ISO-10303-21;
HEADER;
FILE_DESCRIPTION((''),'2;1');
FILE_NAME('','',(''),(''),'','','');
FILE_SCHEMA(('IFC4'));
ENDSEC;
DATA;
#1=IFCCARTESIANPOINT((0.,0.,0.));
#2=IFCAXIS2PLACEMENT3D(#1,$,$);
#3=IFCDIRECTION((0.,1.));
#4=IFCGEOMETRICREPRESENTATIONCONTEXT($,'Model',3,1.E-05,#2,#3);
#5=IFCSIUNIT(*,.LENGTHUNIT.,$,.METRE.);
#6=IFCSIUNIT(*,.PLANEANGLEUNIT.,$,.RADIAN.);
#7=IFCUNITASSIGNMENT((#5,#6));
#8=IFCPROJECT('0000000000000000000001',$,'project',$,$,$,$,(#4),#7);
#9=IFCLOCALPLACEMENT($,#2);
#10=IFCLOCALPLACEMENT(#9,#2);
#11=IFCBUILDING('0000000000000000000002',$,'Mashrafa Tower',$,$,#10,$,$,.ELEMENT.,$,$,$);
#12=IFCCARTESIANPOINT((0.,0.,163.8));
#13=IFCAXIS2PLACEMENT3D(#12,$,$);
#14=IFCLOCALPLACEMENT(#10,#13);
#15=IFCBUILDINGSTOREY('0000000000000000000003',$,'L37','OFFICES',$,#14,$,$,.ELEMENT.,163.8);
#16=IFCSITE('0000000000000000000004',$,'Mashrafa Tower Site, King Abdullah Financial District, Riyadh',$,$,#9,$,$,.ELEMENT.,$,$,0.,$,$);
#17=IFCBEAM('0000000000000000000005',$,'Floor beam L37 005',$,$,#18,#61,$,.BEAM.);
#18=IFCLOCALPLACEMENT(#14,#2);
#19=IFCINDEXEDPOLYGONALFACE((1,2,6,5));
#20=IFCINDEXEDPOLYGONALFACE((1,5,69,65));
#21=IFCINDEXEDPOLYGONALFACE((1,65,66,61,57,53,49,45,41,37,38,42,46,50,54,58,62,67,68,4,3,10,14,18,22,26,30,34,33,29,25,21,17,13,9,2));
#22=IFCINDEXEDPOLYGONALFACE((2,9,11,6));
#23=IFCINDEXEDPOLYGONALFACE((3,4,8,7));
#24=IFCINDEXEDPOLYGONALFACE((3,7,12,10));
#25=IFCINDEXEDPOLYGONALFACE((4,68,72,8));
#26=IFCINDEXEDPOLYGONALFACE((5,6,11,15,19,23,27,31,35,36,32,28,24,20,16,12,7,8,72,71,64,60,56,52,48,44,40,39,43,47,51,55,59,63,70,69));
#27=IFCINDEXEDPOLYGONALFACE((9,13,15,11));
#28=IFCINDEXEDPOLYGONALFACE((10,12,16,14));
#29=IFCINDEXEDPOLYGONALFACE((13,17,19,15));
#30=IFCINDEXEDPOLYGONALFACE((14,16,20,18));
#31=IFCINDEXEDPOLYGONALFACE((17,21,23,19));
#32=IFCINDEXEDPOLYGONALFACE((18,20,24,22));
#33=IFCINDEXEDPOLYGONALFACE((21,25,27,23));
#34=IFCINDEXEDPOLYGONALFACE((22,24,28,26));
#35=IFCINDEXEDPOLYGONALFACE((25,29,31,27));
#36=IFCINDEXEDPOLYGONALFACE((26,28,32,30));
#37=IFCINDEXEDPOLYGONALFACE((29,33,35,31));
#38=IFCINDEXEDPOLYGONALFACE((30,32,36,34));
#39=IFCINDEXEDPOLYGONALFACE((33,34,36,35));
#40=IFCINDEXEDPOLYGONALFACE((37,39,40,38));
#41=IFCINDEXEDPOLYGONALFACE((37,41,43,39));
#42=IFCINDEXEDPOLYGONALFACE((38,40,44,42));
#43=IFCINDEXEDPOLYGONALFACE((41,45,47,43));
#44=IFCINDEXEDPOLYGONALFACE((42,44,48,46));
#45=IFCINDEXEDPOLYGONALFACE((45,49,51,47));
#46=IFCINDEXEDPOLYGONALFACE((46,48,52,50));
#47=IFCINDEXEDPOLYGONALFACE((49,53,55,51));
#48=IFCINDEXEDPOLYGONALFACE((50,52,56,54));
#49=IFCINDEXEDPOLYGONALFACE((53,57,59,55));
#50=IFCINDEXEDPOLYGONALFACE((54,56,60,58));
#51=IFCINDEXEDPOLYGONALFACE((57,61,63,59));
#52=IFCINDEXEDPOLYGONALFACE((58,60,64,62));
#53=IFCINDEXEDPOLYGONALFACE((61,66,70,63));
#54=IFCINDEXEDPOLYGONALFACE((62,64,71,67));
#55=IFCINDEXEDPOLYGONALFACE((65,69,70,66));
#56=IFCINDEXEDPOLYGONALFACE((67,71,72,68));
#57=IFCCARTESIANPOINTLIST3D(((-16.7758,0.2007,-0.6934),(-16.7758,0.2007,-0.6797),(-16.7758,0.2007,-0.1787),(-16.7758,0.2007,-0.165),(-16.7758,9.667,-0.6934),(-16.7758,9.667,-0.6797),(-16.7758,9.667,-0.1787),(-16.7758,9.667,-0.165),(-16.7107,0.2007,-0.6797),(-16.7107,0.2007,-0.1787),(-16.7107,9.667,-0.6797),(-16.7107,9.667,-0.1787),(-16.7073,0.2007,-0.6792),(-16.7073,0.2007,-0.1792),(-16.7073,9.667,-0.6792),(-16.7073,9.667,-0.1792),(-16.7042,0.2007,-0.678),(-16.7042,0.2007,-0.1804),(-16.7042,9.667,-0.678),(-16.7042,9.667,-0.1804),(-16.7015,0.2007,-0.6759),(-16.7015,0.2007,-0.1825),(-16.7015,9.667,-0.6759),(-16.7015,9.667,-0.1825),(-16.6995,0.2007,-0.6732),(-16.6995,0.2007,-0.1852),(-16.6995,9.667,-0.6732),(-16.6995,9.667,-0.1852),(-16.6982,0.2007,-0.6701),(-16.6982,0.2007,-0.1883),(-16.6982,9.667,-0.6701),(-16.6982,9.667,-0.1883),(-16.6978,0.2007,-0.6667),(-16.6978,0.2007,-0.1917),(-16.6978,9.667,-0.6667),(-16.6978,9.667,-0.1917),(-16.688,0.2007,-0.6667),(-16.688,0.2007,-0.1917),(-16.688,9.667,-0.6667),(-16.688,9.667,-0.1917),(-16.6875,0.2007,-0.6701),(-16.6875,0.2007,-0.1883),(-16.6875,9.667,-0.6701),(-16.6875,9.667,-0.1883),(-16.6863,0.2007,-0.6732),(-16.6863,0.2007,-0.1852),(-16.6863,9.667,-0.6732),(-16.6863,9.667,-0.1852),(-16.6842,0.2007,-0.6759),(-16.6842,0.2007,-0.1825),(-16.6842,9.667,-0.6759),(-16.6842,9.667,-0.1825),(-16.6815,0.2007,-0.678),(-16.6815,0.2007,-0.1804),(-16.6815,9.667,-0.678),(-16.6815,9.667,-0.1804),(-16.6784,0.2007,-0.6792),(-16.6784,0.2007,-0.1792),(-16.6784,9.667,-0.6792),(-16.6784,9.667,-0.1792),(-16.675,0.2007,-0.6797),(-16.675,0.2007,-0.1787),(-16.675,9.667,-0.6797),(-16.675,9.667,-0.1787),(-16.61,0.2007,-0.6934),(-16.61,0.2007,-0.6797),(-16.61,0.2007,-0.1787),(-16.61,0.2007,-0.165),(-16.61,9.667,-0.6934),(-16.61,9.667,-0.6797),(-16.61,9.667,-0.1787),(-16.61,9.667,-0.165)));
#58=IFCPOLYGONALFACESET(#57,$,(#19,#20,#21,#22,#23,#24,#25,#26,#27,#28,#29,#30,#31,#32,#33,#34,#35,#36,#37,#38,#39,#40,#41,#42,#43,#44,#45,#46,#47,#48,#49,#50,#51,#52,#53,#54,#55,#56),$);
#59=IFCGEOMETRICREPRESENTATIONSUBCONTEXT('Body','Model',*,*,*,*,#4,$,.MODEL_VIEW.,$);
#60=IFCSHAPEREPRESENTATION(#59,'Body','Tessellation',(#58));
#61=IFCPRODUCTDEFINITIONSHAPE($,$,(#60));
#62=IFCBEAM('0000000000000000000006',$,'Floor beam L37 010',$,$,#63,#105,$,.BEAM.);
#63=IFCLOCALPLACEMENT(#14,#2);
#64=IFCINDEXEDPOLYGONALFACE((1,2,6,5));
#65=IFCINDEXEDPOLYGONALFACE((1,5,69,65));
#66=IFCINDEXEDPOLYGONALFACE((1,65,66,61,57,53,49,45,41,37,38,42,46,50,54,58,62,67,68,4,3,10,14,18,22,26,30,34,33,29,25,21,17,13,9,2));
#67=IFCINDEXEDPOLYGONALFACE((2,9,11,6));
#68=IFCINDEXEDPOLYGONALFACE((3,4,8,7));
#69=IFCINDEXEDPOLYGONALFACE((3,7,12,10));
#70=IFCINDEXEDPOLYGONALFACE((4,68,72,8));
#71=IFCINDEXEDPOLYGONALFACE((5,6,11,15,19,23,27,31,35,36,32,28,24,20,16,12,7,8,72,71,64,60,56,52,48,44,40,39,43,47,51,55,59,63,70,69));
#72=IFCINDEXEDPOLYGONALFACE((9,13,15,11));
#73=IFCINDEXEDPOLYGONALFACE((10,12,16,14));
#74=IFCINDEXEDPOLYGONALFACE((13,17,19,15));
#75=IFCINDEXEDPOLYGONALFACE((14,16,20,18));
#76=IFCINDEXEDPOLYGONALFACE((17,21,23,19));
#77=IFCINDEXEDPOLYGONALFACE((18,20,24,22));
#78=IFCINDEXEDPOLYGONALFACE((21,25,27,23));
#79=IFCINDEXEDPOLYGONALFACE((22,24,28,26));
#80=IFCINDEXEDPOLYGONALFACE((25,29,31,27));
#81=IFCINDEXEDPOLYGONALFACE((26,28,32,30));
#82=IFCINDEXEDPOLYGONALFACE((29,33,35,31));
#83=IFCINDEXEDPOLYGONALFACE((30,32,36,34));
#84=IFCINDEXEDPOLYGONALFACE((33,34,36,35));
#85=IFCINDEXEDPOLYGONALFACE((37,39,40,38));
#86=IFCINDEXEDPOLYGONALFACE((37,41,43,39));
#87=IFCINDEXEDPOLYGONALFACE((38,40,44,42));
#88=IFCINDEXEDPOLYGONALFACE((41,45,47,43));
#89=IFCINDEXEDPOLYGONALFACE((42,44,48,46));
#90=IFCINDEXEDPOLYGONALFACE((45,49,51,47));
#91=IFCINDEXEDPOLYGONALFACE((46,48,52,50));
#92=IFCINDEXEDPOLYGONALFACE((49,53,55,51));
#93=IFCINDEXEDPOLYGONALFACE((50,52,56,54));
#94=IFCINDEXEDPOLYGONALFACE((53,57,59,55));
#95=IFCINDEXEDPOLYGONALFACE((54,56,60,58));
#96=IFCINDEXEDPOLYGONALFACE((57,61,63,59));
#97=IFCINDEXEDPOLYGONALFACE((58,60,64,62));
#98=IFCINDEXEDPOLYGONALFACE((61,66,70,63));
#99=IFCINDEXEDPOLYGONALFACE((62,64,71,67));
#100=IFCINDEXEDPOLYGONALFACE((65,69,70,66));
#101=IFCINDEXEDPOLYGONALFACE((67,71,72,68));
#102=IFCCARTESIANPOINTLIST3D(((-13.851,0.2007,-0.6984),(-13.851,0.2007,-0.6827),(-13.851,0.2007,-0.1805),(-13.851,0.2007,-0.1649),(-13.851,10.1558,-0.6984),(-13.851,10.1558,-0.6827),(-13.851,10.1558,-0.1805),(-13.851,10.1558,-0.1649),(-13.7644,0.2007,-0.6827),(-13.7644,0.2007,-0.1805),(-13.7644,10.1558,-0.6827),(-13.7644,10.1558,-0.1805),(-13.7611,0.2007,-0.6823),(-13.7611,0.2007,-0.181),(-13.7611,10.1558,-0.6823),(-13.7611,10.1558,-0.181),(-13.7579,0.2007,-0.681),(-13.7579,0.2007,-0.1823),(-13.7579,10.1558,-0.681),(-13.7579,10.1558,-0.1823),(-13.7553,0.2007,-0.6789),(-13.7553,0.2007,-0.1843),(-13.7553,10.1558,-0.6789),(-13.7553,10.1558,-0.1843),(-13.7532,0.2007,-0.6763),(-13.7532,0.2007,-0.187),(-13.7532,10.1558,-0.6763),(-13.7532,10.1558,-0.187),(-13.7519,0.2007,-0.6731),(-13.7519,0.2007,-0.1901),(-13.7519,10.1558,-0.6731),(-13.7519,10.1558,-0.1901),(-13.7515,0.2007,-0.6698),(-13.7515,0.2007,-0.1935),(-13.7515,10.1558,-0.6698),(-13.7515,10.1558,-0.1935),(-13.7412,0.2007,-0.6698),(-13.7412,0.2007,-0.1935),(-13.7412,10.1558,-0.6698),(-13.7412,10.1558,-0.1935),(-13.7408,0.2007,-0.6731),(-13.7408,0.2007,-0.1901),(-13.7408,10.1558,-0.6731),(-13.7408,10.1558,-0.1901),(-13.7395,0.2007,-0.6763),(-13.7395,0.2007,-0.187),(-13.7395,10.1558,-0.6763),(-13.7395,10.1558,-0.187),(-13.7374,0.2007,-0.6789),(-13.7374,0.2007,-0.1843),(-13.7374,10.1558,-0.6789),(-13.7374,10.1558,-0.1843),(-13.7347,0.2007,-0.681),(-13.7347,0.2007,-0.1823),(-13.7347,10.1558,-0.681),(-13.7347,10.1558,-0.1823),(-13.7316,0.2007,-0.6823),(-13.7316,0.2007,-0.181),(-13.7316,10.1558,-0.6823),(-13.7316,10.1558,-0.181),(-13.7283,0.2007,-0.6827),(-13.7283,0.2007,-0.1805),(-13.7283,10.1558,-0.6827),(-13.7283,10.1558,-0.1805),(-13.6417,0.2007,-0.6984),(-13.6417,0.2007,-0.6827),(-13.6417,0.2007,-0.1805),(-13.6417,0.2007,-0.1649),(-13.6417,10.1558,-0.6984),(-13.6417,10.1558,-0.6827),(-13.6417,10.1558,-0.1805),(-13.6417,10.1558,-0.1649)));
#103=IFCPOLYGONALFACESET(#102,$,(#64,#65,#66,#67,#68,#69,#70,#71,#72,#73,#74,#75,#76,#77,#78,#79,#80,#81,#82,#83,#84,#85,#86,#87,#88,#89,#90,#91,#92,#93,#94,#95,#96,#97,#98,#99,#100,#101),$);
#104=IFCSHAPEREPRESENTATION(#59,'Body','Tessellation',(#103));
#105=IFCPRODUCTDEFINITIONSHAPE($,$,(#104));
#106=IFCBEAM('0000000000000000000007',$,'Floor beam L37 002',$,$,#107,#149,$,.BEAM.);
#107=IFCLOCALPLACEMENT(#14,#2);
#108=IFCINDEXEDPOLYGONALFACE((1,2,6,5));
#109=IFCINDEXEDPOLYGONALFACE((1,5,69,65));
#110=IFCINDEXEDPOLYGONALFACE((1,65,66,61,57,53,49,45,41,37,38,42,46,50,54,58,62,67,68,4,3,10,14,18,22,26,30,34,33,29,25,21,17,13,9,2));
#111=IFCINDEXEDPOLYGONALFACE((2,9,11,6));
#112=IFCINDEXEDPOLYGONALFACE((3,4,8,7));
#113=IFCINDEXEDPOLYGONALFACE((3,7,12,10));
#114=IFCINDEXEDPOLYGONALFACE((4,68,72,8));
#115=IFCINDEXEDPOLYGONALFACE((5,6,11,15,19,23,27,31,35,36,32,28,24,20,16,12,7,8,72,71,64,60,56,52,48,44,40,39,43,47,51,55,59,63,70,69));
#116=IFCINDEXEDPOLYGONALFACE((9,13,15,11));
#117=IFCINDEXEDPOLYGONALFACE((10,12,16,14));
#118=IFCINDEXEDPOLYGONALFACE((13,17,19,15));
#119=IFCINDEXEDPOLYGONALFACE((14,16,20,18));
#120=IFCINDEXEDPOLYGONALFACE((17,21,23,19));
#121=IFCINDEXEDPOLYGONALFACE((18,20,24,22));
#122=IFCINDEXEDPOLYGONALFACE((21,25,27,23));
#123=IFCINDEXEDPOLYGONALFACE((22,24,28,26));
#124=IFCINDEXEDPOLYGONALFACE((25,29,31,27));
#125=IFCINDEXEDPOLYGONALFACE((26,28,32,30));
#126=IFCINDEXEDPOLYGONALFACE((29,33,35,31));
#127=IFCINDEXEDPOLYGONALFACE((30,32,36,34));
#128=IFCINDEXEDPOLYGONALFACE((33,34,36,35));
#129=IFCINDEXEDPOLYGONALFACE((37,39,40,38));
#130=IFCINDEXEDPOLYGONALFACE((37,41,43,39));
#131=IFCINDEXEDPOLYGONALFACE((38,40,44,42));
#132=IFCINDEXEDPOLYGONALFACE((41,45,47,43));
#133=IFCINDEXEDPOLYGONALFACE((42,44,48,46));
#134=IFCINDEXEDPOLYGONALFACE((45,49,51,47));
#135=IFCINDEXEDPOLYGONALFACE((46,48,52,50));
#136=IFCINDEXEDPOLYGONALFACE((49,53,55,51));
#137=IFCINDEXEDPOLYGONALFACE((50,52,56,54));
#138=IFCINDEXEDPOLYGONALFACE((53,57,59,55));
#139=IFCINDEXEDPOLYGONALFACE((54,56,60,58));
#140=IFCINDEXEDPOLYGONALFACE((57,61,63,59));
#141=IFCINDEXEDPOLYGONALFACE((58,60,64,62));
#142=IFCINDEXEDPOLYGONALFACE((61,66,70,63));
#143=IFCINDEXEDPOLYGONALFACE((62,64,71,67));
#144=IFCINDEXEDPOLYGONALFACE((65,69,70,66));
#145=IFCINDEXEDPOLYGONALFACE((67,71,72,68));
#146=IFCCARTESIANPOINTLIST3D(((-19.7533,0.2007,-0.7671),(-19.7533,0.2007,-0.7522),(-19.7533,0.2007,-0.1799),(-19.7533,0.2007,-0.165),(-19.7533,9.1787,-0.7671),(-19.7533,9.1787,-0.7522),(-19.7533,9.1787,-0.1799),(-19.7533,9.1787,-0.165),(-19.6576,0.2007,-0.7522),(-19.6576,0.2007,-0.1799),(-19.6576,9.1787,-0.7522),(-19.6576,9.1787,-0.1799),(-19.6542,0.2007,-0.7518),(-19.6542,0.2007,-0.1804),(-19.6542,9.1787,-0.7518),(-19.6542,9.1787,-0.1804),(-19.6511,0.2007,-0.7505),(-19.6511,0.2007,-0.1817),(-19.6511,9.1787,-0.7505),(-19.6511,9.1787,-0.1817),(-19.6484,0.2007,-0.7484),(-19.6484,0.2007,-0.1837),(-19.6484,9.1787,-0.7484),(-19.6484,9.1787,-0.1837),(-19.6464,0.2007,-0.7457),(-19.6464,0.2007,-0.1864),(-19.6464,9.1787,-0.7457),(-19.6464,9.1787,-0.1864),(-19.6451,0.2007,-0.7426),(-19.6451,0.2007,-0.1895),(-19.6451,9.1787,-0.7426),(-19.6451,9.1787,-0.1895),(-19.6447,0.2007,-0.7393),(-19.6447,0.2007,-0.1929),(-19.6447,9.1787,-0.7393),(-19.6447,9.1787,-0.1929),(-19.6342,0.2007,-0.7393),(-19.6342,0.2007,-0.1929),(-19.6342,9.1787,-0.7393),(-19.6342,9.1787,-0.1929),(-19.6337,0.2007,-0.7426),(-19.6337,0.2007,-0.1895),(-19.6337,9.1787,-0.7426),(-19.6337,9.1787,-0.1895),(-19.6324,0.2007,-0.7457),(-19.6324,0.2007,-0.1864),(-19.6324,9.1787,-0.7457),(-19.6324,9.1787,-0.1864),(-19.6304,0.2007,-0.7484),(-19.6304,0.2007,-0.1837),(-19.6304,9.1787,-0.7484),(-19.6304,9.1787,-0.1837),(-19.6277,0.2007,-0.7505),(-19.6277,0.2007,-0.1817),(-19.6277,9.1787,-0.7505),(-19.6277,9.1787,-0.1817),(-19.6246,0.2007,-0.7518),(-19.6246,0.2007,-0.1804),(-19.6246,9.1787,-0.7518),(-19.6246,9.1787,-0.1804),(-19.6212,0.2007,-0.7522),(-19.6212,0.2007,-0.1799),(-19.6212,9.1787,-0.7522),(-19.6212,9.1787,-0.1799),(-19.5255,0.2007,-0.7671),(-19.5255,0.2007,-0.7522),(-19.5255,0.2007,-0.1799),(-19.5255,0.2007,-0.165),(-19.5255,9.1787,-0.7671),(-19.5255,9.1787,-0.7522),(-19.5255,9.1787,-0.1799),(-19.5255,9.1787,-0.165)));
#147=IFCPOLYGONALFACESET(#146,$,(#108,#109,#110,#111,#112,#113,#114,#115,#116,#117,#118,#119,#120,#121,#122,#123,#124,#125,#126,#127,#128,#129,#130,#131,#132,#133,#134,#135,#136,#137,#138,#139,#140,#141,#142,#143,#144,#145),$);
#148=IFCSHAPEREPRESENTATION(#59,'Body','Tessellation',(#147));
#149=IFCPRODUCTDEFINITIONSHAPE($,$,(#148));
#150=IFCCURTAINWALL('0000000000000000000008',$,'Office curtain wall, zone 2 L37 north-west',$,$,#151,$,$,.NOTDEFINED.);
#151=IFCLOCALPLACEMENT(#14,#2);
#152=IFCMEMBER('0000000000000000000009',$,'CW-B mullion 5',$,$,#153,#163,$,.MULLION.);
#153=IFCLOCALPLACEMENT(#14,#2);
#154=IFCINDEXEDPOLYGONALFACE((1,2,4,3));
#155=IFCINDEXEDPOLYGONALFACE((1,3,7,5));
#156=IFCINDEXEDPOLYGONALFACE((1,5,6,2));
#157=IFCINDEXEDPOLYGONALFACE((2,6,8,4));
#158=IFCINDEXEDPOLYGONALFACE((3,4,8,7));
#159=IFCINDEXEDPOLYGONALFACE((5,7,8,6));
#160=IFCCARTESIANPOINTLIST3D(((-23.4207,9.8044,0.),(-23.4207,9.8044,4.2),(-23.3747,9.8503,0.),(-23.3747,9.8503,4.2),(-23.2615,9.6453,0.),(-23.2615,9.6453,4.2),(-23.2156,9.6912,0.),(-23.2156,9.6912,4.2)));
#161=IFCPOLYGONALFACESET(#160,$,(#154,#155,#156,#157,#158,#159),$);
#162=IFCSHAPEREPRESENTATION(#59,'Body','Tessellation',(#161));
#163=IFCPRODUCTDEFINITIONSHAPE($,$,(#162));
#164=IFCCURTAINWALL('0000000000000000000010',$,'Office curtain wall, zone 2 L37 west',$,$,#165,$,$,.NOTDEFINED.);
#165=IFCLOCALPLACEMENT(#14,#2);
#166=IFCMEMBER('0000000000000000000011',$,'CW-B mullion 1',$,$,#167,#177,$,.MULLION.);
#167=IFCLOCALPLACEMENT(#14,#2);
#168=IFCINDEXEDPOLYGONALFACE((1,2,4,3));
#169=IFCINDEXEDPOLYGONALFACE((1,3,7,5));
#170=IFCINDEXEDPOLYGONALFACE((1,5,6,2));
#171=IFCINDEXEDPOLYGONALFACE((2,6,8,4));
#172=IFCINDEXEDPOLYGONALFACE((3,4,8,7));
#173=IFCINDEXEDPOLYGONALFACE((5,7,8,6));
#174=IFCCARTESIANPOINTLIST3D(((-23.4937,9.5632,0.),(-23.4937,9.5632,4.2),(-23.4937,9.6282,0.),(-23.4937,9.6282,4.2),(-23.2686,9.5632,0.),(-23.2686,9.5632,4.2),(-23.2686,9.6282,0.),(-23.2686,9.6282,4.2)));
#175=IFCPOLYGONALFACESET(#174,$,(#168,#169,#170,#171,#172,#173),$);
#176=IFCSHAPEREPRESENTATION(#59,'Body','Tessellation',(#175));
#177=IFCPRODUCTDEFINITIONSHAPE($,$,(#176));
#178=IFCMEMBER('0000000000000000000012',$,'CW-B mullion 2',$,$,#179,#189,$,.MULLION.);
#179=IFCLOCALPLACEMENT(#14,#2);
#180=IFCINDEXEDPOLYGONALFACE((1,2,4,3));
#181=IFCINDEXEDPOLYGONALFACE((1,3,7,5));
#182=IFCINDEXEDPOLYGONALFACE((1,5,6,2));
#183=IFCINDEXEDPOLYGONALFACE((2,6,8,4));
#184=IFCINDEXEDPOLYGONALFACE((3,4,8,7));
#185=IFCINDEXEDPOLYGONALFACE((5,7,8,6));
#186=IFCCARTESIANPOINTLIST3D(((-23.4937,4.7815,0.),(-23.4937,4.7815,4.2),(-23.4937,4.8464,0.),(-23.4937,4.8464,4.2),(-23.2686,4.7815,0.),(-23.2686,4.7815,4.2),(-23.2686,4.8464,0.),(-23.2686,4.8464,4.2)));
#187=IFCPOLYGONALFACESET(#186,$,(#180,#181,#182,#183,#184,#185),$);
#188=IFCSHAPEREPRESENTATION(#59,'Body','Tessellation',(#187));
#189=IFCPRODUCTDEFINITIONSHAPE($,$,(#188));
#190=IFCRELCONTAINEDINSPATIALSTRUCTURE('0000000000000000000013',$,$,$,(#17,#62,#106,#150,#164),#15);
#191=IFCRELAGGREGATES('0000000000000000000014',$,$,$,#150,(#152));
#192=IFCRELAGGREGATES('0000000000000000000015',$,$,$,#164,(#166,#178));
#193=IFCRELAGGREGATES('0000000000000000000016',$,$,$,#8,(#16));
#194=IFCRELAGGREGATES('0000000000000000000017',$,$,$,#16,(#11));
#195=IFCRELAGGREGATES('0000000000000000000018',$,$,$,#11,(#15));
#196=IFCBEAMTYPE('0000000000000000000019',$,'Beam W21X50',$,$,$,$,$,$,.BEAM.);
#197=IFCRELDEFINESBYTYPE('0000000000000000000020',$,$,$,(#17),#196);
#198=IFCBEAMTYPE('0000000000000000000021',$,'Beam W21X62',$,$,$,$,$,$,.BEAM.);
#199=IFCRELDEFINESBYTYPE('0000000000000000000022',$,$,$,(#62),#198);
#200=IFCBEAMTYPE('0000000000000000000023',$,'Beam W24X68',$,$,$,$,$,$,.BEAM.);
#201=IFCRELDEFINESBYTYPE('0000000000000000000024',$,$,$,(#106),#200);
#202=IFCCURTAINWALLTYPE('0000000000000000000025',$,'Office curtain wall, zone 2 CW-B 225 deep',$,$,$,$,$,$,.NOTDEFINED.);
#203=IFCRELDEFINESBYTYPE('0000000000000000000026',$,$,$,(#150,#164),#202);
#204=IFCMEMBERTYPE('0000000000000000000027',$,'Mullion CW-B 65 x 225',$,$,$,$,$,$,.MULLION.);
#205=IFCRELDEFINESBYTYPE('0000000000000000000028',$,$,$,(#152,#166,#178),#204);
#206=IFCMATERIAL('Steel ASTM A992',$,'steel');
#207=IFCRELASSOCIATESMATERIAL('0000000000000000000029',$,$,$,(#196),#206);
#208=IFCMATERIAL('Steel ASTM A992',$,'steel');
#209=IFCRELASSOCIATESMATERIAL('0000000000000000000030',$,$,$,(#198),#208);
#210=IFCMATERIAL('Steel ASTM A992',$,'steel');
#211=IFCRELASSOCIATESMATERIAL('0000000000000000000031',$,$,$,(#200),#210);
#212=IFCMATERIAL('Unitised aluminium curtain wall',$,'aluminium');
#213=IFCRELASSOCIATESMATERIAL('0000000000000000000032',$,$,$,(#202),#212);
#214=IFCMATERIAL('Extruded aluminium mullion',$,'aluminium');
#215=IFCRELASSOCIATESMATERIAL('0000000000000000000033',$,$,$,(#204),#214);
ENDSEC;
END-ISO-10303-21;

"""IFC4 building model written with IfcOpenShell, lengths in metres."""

from ifc_helpers import new_model, si_unit, direction, frame, origin, origin_2d, place, context, subcontext, project, spatial, rectangle, i_section, extrude, source, transform, mapped, material, material_profile, profile_set, type_object, type_shapes, element, aggregate, save


model = new_model("IFC4")

# Units and contexts
model_context = context("Model", 3, precision=1e-05, world=origin(), true_north=direction((0.0, 1.0)))
body_context = subcontext(model_context, "Body", "Model", "MODEL_VIEW")
ifc_project = project(units=[si_unit("LENGTHUNIT", "METRE"), si_unit("PLANEANGLEUNIT", "RADIAN")], contexts=[model_context])

# Site, building, storey
site_placement = place(None, origin())
site = spatial("IfcSite", under=ifc_project, at=site_placement, Name="Mashrafa Tower Site, King Abdullah Financial District, Riyadh", CompositionType="ELEMENT", RefElevation=0.0)
building_placement = place(site_placement, origin())
building = spatial("IfcBuilding", under=site, at=building_placement, Name="Mashrafa Tower", CompositionType="ELEMENT")
storey_placement = place(building_placement, frame((0.0, 0.0, 163.8)))
storey = spatial("IfcBuildingStorey", under=building, at=storey_placement, Name="L37", Description="OFFICES", CompositionType="ELEMENT", Elevation=163.8)

# Beams
ifc_material_1 = material(Name="Steel ASTM A992", Category="steel")
ifc_material_profile_1 = material_profile(ifc_material_1, i_section(OverallWidth=0.1658, OverallDepth=0.5283, WebThickness=0.0098, FlangeThickness=0.0137, FilletRadius=0.0129, at=origin_2d()), Name="W21X50")
ifc_profile_set_1 = profile_set([ifc_material_profile_1], Name="Steel ASTM A992")
beam_type_1 = type_object("IfcBeamType", Name="Beam W21X50", PredefinedType="BEAM", material=ifc_profile_set_1)
beam_1_placement = place(storey_placement, frame((-16.6929, 0.2007, -0.4292), z_axis=(0.0, 1.0, 0.0), x_axis=(-1.0, 0.0, 0.0)))
element("IfcBeam", 1, at=beam_1_placement, inside=storey, type_object=beam_type_1, Name="Floor beam L37 005", PredefinedType="BEAM", context=body_context, shape_type="SweptSolid", body=[
    extrude(i_section(OverallWidth=0.1658, OverallDepth=0.5283, WebThickness=0.0098, FlangeThickness=0.0137, FilletRadius=0.0129, at=origin_2d()), origin(), (0.0, 0.0, 1.0), 9.4663),
])
ifc_material_2 = material(Name="Steel ASTM A992", Category="steel")
ifc_material_profile_2 = material_profile(ifc_material_2, i_section(OverallWidth=0.2092, OverallDepth=0.5334, WebThickness=0.0103, FlangeThickness=0.0156, FilletRadius=0.0129, at=origin_2d()), Name="W21X62")
ifc_profile_set_2 = profile_set([ifc_material_profile_2], Name="Steel ASTM A992")
beam_type_2 = type_object("IfcBeamType", Name="Beam W21X62", PredefinedType="BEAM", material=ifc_profile_set_2)
beam_2_placement = place(storey_placement, frame((-13.7463, 0.2007, -0.4316), z_axis=(0.0, 1.0, 0.0), x_axis=(-1.0, 0.0, 0.0)))
element("IfcBeam", 2, at=beam_2_placement, inside=storey, type_object=beam_type_2, Name="Floor beam L37 010", PredefinedType="BEAM", context=body_context, shape_type="SweptSolid", body=[
    extrude(i_section(OverallWidth=0.2092, OverallDepth=0.5334, WebThickness=0.0103, FlangeThickness=0.0156, FilletRadius=0.0129, at=origin_2d()), origin(), (0.0, 0.0, 1.0), 9.9551),
])
ifc_material_3 = material(Name="Steel ASTM A992", Category="steel")
ifc_material_profile_3 = material_profile(ifc_material_3, i_section(OverallWidth=0.2278, OverallDepth=0.6021, WebThickness=0.0105, FlangeThickness=0.0149, FilletRadius=0.0129, at=origin_2d()), Name="W24X68")
ifc_profile_set_3 = profile_set([ifc_material_profile_3], Name="Steel ASTM A992")
beam_type_3 = type_object("IfcBeamType", Name="Beam W24X68", PredefinedType="BEAM", material=ifc_profile_set_3)
beam_3_placement = place(storey_placement, frame((-19.6394, 0.2007, -0.4661), z_axis=(0.0, 1.0, 0.0), x_axis=(-1.0, 0.0, 0.0)))
element("IfcBeam", 3, at=beam_3_placement, inside=storey, type_object=beam_type_3, Name="Floor beam L37 002", PredefinedType="BEAM", context=body_context, shape_type="SweptSolid", body=[
    extrude(i_section(OverallWidth=0.2278, OverallDepth=0.6021, WebThickness=0.0105, FlangeThickness=0.0149, FilletRadius=0.0129, at=origin_2d()), origin(), (0.0, 0.0, 1.0), 8.978),
])

# Curtain wall, member
ifc_material_4 = material(Name="Unitised aluminium curtain wall", Category="aluminium")
curtain_wall_type = type_object("IfcCurtainWallType", Name="Office curtain wall, zone 2 CW-B 225 deep", PredefinedType="NOTDEFINED", material=ifc_material_4)
curtain_wall_1_placement = place(storey_placement, origin())
curtain_wall_1 = element("IfcCurtainWall", 4, at=curtain_wall_1_placement, inside=storey, type_object=curtain_wall_type, Name="Office curtain wall, zone 2 L37 north-west", PredefinedType="NOTDEFINED")
ifc_material_5 = material(Name="Extruded aluminium mullion", Category="aluminium")
ifc_material_profile_4 = material_profile(ifc_material_5, rectangle(XDim=0.2251, YDim=0.0649, at=origin_2d()), Name="Mullion 65x225")
ifc_profile_set_4 = profile_set([ifc_material_profile_4], Name="Extruded aluminium mullion")
member_type_1 = type_object("IfcMemberType", Name="Mullion CW-B 65 x 225", PredefinedType="MULLION", material=ifc_profile_set_4)
shared_shape_1 = source(origin(), body_context, "Body", "SweptSolid", [
    extrude(rectangle(XDim=0.2251, YDim=0.0649, at=origin_2d()), origin(), (0.0, 0.0, 1.0), 4.2),
])
type_shapes(member_type_1, [shared_shape_1])
member_1_placement = place(storey_placement, frame((-23.3181, 9.7478, 0.0), z_axis=(0.0, 0.0, 1.0), x_axis=(0.707107, -0.707107, 0.0)))
member_1 = element("IfcMember", 5, at=member_1_placement, type_object=member_type_1, Name="CW-B mullion 5", PredefinedType="MULLION", context=body_context, shape_type="MappedRepresentation", body=[
    mapped(shared_shape_1, transform((0.0, 0.0, 0.0))),
])
aggregate(curtain_wall_1, [member_1])

# Curtain wall, members
curtain_wall_2_placement = place(storey_placement, origin())
curtain_wall_2 = element("IfcCurtainWall", 6, at=curtain_wall_2_placement, inside=storey, type_object=curtain_wall_type, Name="Office curtain wall, zone 2 L37 west", PredefinedType="NOTDEFINED")
member_2_placement = place(storey_placement, frame((-23.3811, 9.5957, 0.0), z_axis=(0.0, 0.0, 1.0), x_axis=(1.0, 0.0, 0.0)))
member_2 = element("IfcMember", 7, at=member_2_placement, type_object=member_type_1, Name="CW-B mullion 1", PredefinedType="MULLION", context=body_context, shape_type="MappedRepresentation", body=[
    mapped(shared_shape_1, transform((0.0, 0.0, 0.0))),
])
member_3_placement = place(storey_placement, frame((-23.3811, 4.814, 0.0), z_axis=(0.0, 0.0, 1.0), x_axis=(1.0, 0.0, 0.0)))
member_3 = element("IfcMember", 8, at=member_3_placement, type_object=member_type_1, Name="CW-B mullion 2", PredefinedType="MULLION", context=body_context, shape_type="MappedRepresentation", body=[
    mapped(shared_shape_1, transform((0.0, 0.0, 0.0))),
])
aggregate(curtain_wall_2, [member_2, member_3])

save(model, "model.ifc")
